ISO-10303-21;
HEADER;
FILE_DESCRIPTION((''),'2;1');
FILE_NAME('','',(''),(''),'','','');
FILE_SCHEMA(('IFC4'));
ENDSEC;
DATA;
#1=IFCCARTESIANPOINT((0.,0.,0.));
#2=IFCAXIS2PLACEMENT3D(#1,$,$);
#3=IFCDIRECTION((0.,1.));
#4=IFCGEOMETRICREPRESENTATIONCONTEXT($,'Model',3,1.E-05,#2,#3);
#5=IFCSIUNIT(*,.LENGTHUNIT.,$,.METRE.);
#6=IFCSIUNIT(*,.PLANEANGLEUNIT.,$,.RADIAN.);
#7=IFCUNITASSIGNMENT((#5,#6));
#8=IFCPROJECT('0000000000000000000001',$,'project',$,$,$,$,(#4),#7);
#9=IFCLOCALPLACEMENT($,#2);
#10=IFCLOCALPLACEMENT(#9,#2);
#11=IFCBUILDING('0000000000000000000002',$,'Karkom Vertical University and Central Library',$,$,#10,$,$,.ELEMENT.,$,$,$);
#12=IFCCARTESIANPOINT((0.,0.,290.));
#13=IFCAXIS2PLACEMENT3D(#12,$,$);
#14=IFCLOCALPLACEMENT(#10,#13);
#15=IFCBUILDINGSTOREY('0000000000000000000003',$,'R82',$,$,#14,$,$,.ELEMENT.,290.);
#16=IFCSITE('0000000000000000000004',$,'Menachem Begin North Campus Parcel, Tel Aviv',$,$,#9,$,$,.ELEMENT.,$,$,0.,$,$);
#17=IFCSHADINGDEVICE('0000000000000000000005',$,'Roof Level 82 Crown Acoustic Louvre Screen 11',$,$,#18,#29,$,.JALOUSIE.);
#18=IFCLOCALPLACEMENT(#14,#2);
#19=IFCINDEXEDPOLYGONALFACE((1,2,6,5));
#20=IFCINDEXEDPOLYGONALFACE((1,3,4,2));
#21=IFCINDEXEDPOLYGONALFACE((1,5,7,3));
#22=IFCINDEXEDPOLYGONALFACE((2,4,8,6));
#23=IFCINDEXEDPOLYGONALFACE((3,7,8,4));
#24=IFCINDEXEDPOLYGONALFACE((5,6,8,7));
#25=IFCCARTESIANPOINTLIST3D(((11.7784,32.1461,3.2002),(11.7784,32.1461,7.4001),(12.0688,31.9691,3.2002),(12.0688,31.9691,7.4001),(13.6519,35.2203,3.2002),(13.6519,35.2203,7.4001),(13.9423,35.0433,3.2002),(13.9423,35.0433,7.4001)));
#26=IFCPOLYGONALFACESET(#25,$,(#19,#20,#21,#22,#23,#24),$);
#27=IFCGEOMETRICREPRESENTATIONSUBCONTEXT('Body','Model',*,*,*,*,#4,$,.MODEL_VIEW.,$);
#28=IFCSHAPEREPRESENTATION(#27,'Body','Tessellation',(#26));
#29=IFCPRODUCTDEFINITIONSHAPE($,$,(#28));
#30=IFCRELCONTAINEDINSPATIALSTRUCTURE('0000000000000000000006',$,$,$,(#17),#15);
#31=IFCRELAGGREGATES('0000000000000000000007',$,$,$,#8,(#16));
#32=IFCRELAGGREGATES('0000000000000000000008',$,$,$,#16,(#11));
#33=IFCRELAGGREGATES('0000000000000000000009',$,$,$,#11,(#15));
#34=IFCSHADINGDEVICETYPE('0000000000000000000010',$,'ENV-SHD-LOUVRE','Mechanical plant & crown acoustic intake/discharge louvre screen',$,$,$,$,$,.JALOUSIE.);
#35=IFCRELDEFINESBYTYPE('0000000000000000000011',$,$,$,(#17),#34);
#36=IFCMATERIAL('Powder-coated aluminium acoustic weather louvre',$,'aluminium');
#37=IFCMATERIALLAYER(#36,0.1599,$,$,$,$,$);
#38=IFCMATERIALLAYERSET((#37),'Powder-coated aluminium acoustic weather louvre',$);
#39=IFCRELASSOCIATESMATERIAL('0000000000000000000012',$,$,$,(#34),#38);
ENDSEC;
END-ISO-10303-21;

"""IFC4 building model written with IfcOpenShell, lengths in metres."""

from ifc_helpers import new_model, si_unit, direction, frame, origin, origin_with_axes, origin_2d, place, context, subcontext, project, spatial, rectangle, extrude, source, transform, mapped, material, layer, layer_set, type_object, element, save


model = new_model("IFC4")

# Units and contexts
model_context = context("Model", 3, precision=1e-05, world=origin(), true_north=direction((0.0, 1.0)))
body_context = subcontext(model_context, "Body", "Model", "MODEL_VIEW")
ifc_project = project(units=[si_unit("LENGTHUNIT", "METRE"), si_unit("PLANEANGLEUNIT", "RADIAN")], contexts=[model_context])

# Site, building, storey
site_placement = place(None, origin())
site = spatial("IfcSite", under=ifc_project, at=site_placement, Name="Menachem Begin North Campus Parcel, Tel Aviv", CompositionType="ELEMENT", RefElevation=0.0)
building_placement = place(site_placement, origin())
building = spatial("IfcBuilding", under=site, at=building_placement, Name="Karkom Vertical University and Central Library", CompositionType="ELEMENT")
storey_placement = place(building_placement, frame((0.0, 0.0, 290.0)))
storey = spatial("IfcBuildingStorey", under=building, at=storey_placement, Name="R82", CompositionType="ELEMENT", Elevation=290.0)

# Shading device
ifc_material_1 = material(Name="Powder-coated aluminium acoustic weather louvre", Category="aluminium")
ifc_layer_1 = layer(ifc_material_1, 0.1599)
ifc_layer_set_1 = layer_set([ifc_layer_1], Name="Powder-coated aluminium acoustic weather louvre")
shading_device_type = type_object("IfcShadingDeviceType", Name="ENV-SHD-LOUVRE", Description="Mechanical plant & crown acoustic intake/discharge louvre screen", PredefinedType="JALOUSIE", material=ifc_layer_set_1)
shared_shape_1 = source(origin_with_axes(), body_context, "Body", "SweptSolid", [
    extrude(rectangle(XDim=3.6001, YDim=0.3401, at=origin_2d()), origin(), (0.0, 0.0, 1.0), 4.2),
])
shading_device_placement = place(storey_placement, frame((12.8604, 33.5947, 3.2002), z_axis=(0.0, 0.0, 1.0), x_axis=(-0.520414, -0.853914, 0.0)))
element("IfcShadingDevice", 1, at=shading_device_placement, inside=storey, type_object=shading_device_type, Name="Roof Level 82 Crown Acoustic Louvre Screen 11", PredefinedType="JALOUSIE", context=body_context, shape_type="MappedRepresentation", body=[
    mapped(shared_shape_1, transform((0.0, 0.0, 0.0), scale=1.0)),
])

save(model, "model.ifc")
